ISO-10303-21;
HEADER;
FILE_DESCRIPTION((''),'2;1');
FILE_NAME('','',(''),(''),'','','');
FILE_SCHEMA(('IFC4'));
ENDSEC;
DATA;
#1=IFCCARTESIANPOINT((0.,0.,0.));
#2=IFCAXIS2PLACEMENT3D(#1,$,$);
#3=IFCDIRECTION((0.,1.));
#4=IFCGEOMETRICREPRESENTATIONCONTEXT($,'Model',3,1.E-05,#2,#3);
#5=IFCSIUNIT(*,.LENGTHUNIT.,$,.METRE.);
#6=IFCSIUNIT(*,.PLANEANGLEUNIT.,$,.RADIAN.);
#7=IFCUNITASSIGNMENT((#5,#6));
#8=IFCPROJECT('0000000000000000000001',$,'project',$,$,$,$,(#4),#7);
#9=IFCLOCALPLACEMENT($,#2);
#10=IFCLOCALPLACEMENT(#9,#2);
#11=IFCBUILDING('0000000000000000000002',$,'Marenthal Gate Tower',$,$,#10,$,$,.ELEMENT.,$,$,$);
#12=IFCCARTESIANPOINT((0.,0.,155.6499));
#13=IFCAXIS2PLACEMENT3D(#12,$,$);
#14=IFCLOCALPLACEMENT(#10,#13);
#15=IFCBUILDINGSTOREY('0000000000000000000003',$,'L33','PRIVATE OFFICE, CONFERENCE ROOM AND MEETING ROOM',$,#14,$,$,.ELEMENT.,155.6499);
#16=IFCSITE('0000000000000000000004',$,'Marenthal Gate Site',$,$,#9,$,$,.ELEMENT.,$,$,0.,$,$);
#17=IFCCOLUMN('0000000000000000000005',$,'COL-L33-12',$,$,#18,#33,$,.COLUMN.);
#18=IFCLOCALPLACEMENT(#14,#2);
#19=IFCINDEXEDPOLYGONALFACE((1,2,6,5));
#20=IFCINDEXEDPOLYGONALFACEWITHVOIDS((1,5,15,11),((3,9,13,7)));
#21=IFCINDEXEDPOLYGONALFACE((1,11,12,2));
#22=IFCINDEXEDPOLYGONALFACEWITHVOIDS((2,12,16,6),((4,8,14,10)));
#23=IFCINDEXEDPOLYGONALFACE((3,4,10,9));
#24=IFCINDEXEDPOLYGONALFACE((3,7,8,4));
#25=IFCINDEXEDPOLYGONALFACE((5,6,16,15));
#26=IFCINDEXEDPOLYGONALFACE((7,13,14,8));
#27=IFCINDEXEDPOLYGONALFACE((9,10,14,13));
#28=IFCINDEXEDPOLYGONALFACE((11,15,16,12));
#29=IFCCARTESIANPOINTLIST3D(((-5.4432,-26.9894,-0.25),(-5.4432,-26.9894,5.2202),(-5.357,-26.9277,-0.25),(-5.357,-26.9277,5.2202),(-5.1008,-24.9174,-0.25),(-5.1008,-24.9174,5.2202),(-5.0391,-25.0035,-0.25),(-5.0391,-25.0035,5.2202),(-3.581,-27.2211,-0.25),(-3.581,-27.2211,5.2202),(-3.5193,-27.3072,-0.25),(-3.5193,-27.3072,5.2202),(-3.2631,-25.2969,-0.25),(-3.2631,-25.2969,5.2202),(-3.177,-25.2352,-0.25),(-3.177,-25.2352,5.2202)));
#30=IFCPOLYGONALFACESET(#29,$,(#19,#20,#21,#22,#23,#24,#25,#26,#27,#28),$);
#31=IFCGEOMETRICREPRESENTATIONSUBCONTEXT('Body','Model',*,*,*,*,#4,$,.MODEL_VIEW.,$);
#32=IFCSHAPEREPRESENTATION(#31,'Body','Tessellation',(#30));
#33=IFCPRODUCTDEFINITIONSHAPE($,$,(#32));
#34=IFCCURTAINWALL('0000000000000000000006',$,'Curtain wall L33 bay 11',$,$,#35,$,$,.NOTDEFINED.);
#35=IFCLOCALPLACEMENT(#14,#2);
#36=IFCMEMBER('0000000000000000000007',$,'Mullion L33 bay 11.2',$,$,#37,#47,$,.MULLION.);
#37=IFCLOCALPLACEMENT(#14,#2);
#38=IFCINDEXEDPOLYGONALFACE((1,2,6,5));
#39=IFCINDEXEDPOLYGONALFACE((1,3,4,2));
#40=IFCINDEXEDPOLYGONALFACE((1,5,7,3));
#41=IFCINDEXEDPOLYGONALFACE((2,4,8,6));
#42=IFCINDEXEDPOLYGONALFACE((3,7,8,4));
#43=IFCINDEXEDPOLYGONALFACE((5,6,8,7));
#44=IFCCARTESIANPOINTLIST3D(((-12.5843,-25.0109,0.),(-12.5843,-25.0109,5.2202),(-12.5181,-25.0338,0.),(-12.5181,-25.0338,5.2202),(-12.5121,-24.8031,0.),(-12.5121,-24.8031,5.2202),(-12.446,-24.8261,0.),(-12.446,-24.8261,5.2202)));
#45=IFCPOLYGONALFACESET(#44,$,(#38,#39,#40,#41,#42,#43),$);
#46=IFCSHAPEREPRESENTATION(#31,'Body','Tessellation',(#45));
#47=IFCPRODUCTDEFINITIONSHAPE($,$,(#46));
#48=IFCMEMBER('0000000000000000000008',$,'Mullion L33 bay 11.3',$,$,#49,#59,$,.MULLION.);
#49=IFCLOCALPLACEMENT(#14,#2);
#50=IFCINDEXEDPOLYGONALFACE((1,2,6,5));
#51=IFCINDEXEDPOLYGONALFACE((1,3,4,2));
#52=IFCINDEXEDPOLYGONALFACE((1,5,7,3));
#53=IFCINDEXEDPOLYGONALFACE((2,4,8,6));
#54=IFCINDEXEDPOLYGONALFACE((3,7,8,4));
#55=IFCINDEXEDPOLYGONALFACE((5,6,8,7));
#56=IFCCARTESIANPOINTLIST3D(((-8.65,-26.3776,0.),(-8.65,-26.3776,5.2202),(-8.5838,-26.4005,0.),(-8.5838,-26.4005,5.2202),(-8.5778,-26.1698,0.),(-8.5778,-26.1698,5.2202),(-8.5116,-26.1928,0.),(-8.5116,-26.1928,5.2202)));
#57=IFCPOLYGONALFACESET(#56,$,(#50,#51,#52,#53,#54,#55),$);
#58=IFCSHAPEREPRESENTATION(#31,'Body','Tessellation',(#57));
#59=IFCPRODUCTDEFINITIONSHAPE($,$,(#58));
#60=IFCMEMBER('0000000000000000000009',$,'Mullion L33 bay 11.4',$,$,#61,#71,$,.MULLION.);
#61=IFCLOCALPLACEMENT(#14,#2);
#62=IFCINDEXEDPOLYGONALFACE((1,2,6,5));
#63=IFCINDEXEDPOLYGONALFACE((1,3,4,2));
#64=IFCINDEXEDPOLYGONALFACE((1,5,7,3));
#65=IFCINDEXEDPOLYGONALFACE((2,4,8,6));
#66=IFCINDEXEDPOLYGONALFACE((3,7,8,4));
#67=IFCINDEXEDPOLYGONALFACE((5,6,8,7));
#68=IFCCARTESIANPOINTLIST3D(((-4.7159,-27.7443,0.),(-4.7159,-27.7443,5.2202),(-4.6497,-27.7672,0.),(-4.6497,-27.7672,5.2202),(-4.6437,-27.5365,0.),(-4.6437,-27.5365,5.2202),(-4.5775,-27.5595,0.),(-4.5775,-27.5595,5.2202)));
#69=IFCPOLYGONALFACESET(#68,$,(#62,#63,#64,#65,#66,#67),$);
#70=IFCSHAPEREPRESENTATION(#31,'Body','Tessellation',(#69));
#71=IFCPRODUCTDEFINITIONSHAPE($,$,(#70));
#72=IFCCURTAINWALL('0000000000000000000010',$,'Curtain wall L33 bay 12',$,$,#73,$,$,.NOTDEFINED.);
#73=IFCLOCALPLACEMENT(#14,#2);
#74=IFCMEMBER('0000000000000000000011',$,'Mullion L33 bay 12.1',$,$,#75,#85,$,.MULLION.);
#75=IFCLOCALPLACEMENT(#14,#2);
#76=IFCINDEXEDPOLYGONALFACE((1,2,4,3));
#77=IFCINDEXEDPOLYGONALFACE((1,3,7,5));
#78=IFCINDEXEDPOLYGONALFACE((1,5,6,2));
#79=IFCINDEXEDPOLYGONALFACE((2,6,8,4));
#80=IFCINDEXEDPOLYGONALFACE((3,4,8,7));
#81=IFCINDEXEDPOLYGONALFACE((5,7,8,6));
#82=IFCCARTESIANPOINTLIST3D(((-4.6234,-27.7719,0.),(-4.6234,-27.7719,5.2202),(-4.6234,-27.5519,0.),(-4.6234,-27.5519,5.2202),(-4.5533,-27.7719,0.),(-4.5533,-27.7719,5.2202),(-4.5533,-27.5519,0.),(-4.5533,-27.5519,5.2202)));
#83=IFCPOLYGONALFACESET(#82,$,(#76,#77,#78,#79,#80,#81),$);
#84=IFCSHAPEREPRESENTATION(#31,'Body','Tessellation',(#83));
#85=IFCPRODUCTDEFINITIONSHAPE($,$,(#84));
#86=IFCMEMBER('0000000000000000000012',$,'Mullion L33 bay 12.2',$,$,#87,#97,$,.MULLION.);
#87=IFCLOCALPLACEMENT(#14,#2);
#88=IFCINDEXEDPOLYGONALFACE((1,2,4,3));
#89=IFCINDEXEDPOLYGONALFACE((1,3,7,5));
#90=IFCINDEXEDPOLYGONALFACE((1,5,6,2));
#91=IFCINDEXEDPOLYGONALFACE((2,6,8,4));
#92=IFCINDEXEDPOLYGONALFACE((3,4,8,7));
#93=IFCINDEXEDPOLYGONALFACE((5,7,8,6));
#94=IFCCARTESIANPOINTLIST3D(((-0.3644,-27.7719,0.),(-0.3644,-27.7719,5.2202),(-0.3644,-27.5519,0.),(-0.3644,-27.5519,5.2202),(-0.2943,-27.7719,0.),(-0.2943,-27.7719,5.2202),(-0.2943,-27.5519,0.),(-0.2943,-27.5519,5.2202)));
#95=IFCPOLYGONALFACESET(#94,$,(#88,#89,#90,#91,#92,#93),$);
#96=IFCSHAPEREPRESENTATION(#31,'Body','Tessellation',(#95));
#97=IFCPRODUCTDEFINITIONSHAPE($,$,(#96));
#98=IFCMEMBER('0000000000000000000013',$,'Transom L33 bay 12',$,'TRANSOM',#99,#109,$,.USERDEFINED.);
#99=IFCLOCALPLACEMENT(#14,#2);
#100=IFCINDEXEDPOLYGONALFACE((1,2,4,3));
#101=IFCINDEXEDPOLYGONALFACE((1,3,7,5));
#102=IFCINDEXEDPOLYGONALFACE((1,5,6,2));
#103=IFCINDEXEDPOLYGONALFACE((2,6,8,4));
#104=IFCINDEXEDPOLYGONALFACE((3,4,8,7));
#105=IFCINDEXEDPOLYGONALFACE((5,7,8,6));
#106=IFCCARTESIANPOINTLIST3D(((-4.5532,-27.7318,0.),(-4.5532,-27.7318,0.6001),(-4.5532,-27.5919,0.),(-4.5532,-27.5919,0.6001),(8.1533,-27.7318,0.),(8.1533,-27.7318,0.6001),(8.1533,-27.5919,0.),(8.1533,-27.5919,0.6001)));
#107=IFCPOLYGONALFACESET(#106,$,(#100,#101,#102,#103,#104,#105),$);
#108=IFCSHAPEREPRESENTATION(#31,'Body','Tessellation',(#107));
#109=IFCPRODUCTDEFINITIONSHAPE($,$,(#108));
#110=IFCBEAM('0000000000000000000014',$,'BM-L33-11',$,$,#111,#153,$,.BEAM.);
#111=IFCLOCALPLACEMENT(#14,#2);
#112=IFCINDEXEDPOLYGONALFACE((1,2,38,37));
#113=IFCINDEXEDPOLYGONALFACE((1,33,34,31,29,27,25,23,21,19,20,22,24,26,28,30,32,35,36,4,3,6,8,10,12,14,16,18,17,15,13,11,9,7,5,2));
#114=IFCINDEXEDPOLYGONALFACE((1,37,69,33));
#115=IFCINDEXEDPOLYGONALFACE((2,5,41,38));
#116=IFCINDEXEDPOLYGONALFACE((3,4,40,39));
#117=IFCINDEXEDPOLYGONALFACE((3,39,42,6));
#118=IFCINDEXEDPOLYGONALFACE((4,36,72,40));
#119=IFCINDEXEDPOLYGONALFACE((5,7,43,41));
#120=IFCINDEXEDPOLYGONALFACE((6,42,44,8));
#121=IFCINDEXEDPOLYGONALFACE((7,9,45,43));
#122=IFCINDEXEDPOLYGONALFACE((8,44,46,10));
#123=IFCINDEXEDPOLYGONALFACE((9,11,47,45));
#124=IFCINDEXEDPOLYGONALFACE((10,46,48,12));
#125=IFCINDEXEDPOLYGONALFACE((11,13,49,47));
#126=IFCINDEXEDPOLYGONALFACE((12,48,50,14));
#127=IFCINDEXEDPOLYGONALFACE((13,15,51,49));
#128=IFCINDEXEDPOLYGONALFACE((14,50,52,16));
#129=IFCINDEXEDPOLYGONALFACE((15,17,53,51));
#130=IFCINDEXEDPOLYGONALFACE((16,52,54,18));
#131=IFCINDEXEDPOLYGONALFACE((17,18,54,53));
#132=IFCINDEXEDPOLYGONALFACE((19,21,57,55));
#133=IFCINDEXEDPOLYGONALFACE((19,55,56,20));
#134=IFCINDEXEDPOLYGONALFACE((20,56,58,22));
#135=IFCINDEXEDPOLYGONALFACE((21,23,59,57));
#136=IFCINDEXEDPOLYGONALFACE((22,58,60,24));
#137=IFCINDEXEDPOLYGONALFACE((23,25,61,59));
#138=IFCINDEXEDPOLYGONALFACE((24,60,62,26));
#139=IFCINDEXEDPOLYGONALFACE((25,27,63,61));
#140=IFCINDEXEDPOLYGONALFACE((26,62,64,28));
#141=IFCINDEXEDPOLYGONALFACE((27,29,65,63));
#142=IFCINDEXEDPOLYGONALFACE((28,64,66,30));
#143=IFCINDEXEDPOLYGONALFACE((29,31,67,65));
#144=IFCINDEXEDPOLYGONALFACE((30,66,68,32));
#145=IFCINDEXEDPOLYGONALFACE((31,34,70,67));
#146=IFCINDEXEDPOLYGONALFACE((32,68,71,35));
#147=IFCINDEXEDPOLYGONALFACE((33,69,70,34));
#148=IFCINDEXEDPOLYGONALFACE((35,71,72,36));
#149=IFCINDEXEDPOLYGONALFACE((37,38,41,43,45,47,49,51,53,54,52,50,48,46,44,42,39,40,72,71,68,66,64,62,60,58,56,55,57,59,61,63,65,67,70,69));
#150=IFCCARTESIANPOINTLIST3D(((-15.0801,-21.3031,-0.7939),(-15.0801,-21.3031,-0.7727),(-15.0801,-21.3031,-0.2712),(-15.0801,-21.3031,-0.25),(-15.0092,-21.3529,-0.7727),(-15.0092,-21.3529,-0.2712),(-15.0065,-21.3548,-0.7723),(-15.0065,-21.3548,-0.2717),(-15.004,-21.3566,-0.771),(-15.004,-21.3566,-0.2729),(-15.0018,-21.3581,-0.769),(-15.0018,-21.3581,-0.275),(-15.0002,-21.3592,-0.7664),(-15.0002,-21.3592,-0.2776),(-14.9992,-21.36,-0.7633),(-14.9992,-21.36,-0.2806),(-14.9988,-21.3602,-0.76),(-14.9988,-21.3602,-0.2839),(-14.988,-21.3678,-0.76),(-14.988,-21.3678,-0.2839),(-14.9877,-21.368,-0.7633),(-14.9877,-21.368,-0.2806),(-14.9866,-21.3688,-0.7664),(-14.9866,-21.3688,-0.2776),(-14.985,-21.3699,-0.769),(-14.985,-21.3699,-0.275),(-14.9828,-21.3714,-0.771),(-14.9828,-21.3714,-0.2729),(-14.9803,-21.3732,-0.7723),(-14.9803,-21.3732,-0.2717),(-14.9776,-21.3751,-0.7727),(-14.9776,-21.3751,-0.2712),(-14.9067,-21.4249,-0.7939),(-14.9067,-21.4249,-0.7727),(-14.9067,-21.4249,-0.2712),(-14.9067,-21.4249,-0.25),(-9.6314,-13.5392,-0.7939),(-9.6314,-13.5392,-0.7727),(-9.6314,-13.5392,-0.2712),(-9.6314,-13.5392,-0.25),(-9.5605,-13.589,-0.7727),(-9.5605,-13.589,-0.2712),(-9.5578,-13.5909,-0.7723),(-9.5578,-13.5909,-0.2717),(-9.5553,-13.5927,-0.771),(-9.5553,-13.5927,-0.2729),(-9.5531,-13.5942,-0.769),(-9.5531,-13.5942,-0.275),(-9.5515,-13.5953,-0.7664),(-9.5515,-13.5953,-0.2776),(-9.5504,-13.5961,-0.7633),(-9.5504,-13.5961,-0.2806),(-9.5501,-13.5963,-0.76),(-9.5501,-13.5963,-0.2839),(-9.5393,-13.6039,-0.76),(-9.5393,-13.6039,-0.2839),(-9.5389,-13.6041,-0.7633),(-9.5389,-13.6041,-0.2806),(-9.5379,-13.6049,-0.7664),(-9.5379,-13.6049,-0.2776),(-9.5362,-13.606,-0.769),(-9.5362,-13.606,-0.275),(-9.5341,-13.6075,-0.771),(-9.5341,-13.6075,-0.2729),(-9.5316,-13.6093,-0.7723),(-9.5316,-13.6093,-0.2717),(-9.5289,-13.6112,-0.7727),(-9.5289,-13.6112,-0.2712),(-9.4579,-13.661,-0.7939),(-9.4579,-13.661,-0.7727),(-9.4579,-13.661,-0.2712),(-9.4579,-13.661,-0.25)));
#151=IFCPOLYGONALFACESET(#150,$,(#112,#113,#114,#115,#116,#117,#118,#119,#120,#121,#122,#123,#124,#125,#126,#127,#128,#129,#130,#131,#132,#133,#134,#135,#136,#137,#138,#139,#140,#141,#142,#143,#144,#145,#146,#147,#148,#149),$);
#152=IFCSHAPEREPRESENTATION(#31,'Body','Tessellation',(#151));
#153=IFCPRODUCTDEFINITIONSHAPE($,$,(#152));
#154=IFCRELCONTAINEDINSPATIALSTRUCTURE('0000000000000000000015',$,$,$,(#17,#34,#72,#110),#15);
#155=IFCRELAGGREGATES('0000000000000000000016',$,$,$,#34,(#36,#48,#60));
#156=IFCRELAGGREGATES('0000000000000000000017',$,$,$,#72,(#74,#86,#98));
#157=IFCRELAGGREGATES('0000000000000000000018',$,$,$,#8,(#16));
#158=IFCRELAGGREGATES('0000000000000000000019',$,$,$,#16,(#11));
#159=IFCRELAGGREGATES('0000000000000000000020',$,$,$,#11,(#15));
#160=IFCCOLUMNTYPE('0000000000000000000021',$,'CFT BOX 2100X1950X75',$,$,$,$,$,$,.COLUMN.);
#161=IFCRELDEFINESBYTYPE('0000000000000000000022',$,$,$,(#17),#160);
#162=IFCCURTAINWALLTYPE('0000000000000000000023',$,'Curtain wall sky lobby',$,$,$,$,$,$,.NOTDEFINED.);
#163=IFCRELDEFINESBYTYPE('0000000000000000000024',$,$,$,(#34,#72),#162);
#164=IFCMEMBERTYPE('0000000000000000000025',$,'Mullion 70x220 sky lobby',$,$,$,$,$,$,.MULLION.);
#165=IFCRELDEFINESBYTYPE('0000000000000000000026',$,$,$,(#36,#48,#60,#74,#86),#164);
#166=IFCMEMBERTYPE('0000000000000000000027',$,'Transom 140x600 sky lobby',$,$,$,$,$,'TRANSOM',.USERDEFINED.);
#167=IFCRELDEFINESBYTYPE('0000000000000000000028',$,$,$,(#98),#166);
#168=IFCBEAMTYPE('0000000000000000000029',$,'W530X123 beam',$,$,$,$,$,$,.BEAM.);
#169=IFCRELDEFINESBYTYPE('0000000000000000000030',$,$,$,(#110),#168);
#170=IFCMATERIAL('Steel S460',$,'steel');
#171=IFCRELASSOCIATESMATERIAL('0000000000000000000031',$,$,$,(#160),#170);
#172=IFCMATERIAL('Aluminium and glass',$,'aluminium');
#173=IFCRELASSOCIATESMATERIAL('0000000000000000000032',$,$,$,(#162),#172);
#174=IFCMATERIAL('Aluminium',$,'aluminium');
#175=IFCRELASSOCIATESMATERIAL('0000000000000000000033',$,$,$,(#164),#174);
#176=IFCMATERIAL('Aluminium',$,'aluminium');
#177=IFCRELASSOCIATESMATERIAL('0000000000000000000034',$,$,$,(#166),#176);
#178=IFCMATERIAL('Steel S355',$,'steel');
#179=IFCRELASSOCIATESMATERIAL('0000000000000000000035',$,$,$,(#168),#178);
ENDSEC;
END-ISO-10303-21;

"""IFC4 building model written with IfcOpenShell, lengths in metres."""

from ifc_helpers import new_model, si_unit, direction, frame, origin, origin_2d, place, context, subcontext, project, spatial, rectangle, hollow_rectangle, i_section, extrude, material, material_profile, profile_set, type_object, element, aggregate, save


model = new_model("IFC4")

# Units and contexts
model_context = context("Model", 3, precision=1e-05, world=origin(), true_north=direction((0.0, 1.0)))
body_context = subcontext(model_context, "Body", "Model", "MODEL_VIEW")
ifc_project = project(units=[si_unit("LENGTHUNIT", "METRE"), si_unit("PLANEANGLEUNIT", "RADIAN")], contexts=[model_context])

# Site, building, storey
site_placement = place(None, origin())
site = spatial("IfcSite", under=ifc_project, at=site_placement, Name="Marenthal Gate Site", CompositionType="ELEMENT", RefElevation=0.0)
building_placement = place(site_placement, origin())
building = spatial("IfcBuilding", under=site, at=building_placement, Name="Marenthal Gate Tower", CompositionType="ELEMENT")
storey_placement = place(building_placement, frame((0.0, 0.0, 155.6499)))
storey = spatial("IfcBuildingStorey", under=building, at=storey_placement, Name="L33", Description="PRIVATE OFFICE, CONFERENCE ROOM AND MEETING ROOM", CompositionType="ELEMENT", Elevation=155.6499)

# Column
ifc_material_1 = material(Name="Steel S460", Category="steel")
ifc_material_profile_1 = material_profile(ifc_material_1, hollow_rectangle(XDim=1.95, YDim=2.1001, WallThickness=0.075, at=origin_2d()), Name="CFT BOX 2100X1950X75")
ifc_material_2 = material(Name="Concrete 70 MPa", Category="concrete")
ifc_material_profile_2 = material_profile(ifc_material_2, rectangle(XDim=1.8, YDim=1.95, at=origin_2d()), Name="CFT BOX 2100X1950X75 INFILL")
ifc_profile_set_1 = profile_set([ifc_material_profile_1, ifc_material_profile_2], Name="Steel S460 shell, Concrete 70 MPa infill")
column_type = type_object("IfcColumnType", Name="CFT BOX 2100X1950X75", PredefinedType="COLUMN", material=ifc_profile_set_1)
column_placement = place(storey_placement, frame((-4.3101, -26.1123, -0.25), z_axis=(0.0, 0.0, 1.0), x_axis=(-0.986627, 0.162997, 0.0)))
element("IfcColumn", 1, at=column_placement, inside=storey, type_object=column_type, Name="COL-L33-12", PredefinedType="COLUMN", context=body_context, shape_type="SweptSolid", body=[
    extrude(hollow_rectangle(XDim=1.95, YDim=2.1001, WallThickness=0.075, at=origin_2d()), origin(), (0.0, 0.0, 1.0), 5.4702),
])

# Curtain walls, members
ifc_material_3 = material(Name="Aluminium and glass", Category="aluminium")
curtain_wall_type = type_object("IfcCurtainWallType", Name="Curtain wall sky lobby", PredefinedType="NOTDEFINED", material=ifc_material_3)
curtain_wall_1_placement = place(storey_placement, origin())
curtain_wall_1 = element("IfcCurtainWall", 2, at=curtain_wall_1_placement, inside=storey, type_object=curtain_wall_type, Name="Curtain wall L33 bay 11", PredefinedType="NOTDEFINED")
ifc_material_4 = material(Name="Aluminium", Category="aluminium")
ifc_material_profile_3 = material_profile(ifc_material_4, rectangle(XDim=0.22, YDim=0.0701, at=origin_2d()), Name="70x220 aluminium mullion")
ifc_profile_set_2 = profile_set([ifc_material_profile_3], Name="Aluminium")
member_type_1 = type_object("IfcMemberType", Name="Mullion 70x220 sky lobby", PredefinedType="MULLION", material=ifc_profile_set_2)
member_1_placement = place(storey_placement, frame((-12.5151, -24.9185, 0.0), z_axis=(0.0, 0.0, 1.0), x_axis=(0.328158, 0.944623, 0.0)))
member_1 = element("IfcMember", 3, at=member_1_placement, type_object=member_type_1, Name="Mullion L33 bay 11.2", PredefinedType="MULLION", context=body_context, shape_type="SweptSolid", body=[
    extrude(rectangle(XDim=0.22, YDim=0.0701, at=origin_2d()), origin(), (0.0, 0.0, 1.0), 5.2202),
])
member_2_placement = place(storey_placement, frame((-8.5808, -26.2852, 0.0), z_axis=(0.0, 0.0, 1.0), x_axis=(0.328158, 0.944623, 0.0)))
member_2 = element("IfcMember", 4, at=member_2_placement, type_object=member_type_1, Name="Mullion L33 bay 11.3", PredefinedType="MULLION", context=body_context, shape_type="SweptSolid", body=[
    extrude(rectangle(XDim=0.22, YDim=0.0701, at=origin_2d()), origin(), (0.0, 0.0, 1.0), 5.2202),
])
member_3_placement = place(storey_placement, frame((-4.6467, -27.6519, 0.0), z_axis=(0.0, 0.0, 1.0), x_axis=(0.328158, 0.944623, 0.0)))
member_3 = element("IfcMember", 5, at=member_3_placement, type_object=member_type_1, Name="Mullion L33 bay 11.4", PredefinedType="MULLION", context=body_context, shape_type="SweptSolid", body=[
    extrude(rectangle(XDim=0.22, YDim=0.0701, at=origin_2d()), origin(), (0.0, 0.0, 1.0), 5.2202),
])
curtain_wall_2_placement = place(storey_placement, origin())
curtain_wall_2 = element("IfcCurtainWall", 6, at=curtain_wall_2_placement, inside=storey, type_object=curtain_wall_type, Name="Curtain wall L33 bay 12", PredefinedType="NOTDEFINED")
member_4_placement = place(storey_placement, frame((-4.5884, -27.6619, 0.0), z_axis=(0.0, 0.0, 1.0), x_axis=(0.0, 1.0, 0.0)))
member_4 = element("IfcMember", 7, at=member_4_placement, type_object=member_type_1, Name="Mullion L33 bay 12.1", PredefinedType="MULLION", context=body_context, shape_type="SweptSolid", body=[
    extrude(rectangle(XDim=0.22, YDim=0.0701, at=origin_2d()), origin(), (0.0, 0.0, 1.0), 5.2202),
])
member_5_placement = place(storey_placement, frame((-0.3293, -27.6619, 0.0), z_axis=(0.0, 0.0, 1.0), x_axis=(0.0, 1.0, 0.0)))
member_5 = element("IfcMember", 8, at=member_5_placement, type_object=member_type_1, Name="Mullion L33 bay 12.2", PredefinedType="MULLION", context=body_context, shape_type="SweptSolid", body=[
    extrude(rectangle(XDim=0.22, YDim=0.0701, at=origin_2d()), origin(), (0.0, 0.0, 1.0), 5.2202),
])
ifc_material_5 = material(Name="Aluminium", Category="aluminium")
ifc_material_profile_4 = material_profile(ifc_material_5, rectangle(XDim=0.1399, YDim=0.6001, at=origin_2d()), Name="140x600 aluminium transom")
ifc_profile_set_3 = profile_set([ifc_material_profile_4], Name="Aluminium")
member_type_2 = type_object("IfcMemberType", Name="Transom 140x600 sky lobby", ElementType="TRANSOM", PredefinedType="USERDEFINED", material=ifc_profile_set_3)
member_6_placement = place(storey_placement, frame((-4.5532, -27.6619, 0.3), z_axis=(1.0, 0.0, 0.0), x_axis=(0.0, 1.0, 0.0)))
member_6 = element("IfcMember", 9, at=member_6_placement, type_object=member_type_2, Name="Transom L33 bay 12", ObjectType="TRANSOM", PredefinedType="USERDEFINED", context=body_context, shape_type="SweptSolid", body=[
    extrude(rectangle(XDim=0.1399, YDim=0.6001, at=origin_2d()), origin(), (0.0, 0.0, 1.0), 12.7065),
])

# Beam
ifc_material_6 = material(Name="Steel S355", Category="steel")
ifc_material_profile_5 = material_profile(ifc_material_6, i_section(OverallWidth=0.2119, OverallDepth=0.5439, WebThickness=0.0132, FlangeThickness=0.0212, FilletRadius=0.0127, at=origin_2d()), Name="W530X123")
ifc_profile_set_4 = profile_set([ifc_material_profile_5], Name="Steel S355")
beam_type_1 = type_object("IfcBeamType", Name="W530X123 beam", PredefinedType="BEAM", material=ifc_profile_set_4)
beam_1_placement = place(storey_placement, frame((-14.9934, -21.364, -0.522), z_axis=(0.574452, 0.818538, 0.0), x_axis=(-0.818538, 0.574452, 0.0)))
element("IfcBeam", 10, at=beam_1_placement, inside=storey, type_object=beam_type_1, Name="BM-L33-11", PredefinedType="BEAM", context=body_context, shape_type="SweptSolid", body=[
    extrude(i_section(OverallWidth=0.2119, OverallDepth=0.5439, WebThickness=0.0132, FlangeThickness=0.0212, FilletRadius=0.0127, at=origin_2d()), origin(), (0.0, 0.0, 1.0), 9.4851),
])

aggregate(curtain_wall_1, [member_1, member_2, member_3])
aggregate(curtain_wall_2, [member_4, member_5, member_6])

save(model, "model.ifc")
